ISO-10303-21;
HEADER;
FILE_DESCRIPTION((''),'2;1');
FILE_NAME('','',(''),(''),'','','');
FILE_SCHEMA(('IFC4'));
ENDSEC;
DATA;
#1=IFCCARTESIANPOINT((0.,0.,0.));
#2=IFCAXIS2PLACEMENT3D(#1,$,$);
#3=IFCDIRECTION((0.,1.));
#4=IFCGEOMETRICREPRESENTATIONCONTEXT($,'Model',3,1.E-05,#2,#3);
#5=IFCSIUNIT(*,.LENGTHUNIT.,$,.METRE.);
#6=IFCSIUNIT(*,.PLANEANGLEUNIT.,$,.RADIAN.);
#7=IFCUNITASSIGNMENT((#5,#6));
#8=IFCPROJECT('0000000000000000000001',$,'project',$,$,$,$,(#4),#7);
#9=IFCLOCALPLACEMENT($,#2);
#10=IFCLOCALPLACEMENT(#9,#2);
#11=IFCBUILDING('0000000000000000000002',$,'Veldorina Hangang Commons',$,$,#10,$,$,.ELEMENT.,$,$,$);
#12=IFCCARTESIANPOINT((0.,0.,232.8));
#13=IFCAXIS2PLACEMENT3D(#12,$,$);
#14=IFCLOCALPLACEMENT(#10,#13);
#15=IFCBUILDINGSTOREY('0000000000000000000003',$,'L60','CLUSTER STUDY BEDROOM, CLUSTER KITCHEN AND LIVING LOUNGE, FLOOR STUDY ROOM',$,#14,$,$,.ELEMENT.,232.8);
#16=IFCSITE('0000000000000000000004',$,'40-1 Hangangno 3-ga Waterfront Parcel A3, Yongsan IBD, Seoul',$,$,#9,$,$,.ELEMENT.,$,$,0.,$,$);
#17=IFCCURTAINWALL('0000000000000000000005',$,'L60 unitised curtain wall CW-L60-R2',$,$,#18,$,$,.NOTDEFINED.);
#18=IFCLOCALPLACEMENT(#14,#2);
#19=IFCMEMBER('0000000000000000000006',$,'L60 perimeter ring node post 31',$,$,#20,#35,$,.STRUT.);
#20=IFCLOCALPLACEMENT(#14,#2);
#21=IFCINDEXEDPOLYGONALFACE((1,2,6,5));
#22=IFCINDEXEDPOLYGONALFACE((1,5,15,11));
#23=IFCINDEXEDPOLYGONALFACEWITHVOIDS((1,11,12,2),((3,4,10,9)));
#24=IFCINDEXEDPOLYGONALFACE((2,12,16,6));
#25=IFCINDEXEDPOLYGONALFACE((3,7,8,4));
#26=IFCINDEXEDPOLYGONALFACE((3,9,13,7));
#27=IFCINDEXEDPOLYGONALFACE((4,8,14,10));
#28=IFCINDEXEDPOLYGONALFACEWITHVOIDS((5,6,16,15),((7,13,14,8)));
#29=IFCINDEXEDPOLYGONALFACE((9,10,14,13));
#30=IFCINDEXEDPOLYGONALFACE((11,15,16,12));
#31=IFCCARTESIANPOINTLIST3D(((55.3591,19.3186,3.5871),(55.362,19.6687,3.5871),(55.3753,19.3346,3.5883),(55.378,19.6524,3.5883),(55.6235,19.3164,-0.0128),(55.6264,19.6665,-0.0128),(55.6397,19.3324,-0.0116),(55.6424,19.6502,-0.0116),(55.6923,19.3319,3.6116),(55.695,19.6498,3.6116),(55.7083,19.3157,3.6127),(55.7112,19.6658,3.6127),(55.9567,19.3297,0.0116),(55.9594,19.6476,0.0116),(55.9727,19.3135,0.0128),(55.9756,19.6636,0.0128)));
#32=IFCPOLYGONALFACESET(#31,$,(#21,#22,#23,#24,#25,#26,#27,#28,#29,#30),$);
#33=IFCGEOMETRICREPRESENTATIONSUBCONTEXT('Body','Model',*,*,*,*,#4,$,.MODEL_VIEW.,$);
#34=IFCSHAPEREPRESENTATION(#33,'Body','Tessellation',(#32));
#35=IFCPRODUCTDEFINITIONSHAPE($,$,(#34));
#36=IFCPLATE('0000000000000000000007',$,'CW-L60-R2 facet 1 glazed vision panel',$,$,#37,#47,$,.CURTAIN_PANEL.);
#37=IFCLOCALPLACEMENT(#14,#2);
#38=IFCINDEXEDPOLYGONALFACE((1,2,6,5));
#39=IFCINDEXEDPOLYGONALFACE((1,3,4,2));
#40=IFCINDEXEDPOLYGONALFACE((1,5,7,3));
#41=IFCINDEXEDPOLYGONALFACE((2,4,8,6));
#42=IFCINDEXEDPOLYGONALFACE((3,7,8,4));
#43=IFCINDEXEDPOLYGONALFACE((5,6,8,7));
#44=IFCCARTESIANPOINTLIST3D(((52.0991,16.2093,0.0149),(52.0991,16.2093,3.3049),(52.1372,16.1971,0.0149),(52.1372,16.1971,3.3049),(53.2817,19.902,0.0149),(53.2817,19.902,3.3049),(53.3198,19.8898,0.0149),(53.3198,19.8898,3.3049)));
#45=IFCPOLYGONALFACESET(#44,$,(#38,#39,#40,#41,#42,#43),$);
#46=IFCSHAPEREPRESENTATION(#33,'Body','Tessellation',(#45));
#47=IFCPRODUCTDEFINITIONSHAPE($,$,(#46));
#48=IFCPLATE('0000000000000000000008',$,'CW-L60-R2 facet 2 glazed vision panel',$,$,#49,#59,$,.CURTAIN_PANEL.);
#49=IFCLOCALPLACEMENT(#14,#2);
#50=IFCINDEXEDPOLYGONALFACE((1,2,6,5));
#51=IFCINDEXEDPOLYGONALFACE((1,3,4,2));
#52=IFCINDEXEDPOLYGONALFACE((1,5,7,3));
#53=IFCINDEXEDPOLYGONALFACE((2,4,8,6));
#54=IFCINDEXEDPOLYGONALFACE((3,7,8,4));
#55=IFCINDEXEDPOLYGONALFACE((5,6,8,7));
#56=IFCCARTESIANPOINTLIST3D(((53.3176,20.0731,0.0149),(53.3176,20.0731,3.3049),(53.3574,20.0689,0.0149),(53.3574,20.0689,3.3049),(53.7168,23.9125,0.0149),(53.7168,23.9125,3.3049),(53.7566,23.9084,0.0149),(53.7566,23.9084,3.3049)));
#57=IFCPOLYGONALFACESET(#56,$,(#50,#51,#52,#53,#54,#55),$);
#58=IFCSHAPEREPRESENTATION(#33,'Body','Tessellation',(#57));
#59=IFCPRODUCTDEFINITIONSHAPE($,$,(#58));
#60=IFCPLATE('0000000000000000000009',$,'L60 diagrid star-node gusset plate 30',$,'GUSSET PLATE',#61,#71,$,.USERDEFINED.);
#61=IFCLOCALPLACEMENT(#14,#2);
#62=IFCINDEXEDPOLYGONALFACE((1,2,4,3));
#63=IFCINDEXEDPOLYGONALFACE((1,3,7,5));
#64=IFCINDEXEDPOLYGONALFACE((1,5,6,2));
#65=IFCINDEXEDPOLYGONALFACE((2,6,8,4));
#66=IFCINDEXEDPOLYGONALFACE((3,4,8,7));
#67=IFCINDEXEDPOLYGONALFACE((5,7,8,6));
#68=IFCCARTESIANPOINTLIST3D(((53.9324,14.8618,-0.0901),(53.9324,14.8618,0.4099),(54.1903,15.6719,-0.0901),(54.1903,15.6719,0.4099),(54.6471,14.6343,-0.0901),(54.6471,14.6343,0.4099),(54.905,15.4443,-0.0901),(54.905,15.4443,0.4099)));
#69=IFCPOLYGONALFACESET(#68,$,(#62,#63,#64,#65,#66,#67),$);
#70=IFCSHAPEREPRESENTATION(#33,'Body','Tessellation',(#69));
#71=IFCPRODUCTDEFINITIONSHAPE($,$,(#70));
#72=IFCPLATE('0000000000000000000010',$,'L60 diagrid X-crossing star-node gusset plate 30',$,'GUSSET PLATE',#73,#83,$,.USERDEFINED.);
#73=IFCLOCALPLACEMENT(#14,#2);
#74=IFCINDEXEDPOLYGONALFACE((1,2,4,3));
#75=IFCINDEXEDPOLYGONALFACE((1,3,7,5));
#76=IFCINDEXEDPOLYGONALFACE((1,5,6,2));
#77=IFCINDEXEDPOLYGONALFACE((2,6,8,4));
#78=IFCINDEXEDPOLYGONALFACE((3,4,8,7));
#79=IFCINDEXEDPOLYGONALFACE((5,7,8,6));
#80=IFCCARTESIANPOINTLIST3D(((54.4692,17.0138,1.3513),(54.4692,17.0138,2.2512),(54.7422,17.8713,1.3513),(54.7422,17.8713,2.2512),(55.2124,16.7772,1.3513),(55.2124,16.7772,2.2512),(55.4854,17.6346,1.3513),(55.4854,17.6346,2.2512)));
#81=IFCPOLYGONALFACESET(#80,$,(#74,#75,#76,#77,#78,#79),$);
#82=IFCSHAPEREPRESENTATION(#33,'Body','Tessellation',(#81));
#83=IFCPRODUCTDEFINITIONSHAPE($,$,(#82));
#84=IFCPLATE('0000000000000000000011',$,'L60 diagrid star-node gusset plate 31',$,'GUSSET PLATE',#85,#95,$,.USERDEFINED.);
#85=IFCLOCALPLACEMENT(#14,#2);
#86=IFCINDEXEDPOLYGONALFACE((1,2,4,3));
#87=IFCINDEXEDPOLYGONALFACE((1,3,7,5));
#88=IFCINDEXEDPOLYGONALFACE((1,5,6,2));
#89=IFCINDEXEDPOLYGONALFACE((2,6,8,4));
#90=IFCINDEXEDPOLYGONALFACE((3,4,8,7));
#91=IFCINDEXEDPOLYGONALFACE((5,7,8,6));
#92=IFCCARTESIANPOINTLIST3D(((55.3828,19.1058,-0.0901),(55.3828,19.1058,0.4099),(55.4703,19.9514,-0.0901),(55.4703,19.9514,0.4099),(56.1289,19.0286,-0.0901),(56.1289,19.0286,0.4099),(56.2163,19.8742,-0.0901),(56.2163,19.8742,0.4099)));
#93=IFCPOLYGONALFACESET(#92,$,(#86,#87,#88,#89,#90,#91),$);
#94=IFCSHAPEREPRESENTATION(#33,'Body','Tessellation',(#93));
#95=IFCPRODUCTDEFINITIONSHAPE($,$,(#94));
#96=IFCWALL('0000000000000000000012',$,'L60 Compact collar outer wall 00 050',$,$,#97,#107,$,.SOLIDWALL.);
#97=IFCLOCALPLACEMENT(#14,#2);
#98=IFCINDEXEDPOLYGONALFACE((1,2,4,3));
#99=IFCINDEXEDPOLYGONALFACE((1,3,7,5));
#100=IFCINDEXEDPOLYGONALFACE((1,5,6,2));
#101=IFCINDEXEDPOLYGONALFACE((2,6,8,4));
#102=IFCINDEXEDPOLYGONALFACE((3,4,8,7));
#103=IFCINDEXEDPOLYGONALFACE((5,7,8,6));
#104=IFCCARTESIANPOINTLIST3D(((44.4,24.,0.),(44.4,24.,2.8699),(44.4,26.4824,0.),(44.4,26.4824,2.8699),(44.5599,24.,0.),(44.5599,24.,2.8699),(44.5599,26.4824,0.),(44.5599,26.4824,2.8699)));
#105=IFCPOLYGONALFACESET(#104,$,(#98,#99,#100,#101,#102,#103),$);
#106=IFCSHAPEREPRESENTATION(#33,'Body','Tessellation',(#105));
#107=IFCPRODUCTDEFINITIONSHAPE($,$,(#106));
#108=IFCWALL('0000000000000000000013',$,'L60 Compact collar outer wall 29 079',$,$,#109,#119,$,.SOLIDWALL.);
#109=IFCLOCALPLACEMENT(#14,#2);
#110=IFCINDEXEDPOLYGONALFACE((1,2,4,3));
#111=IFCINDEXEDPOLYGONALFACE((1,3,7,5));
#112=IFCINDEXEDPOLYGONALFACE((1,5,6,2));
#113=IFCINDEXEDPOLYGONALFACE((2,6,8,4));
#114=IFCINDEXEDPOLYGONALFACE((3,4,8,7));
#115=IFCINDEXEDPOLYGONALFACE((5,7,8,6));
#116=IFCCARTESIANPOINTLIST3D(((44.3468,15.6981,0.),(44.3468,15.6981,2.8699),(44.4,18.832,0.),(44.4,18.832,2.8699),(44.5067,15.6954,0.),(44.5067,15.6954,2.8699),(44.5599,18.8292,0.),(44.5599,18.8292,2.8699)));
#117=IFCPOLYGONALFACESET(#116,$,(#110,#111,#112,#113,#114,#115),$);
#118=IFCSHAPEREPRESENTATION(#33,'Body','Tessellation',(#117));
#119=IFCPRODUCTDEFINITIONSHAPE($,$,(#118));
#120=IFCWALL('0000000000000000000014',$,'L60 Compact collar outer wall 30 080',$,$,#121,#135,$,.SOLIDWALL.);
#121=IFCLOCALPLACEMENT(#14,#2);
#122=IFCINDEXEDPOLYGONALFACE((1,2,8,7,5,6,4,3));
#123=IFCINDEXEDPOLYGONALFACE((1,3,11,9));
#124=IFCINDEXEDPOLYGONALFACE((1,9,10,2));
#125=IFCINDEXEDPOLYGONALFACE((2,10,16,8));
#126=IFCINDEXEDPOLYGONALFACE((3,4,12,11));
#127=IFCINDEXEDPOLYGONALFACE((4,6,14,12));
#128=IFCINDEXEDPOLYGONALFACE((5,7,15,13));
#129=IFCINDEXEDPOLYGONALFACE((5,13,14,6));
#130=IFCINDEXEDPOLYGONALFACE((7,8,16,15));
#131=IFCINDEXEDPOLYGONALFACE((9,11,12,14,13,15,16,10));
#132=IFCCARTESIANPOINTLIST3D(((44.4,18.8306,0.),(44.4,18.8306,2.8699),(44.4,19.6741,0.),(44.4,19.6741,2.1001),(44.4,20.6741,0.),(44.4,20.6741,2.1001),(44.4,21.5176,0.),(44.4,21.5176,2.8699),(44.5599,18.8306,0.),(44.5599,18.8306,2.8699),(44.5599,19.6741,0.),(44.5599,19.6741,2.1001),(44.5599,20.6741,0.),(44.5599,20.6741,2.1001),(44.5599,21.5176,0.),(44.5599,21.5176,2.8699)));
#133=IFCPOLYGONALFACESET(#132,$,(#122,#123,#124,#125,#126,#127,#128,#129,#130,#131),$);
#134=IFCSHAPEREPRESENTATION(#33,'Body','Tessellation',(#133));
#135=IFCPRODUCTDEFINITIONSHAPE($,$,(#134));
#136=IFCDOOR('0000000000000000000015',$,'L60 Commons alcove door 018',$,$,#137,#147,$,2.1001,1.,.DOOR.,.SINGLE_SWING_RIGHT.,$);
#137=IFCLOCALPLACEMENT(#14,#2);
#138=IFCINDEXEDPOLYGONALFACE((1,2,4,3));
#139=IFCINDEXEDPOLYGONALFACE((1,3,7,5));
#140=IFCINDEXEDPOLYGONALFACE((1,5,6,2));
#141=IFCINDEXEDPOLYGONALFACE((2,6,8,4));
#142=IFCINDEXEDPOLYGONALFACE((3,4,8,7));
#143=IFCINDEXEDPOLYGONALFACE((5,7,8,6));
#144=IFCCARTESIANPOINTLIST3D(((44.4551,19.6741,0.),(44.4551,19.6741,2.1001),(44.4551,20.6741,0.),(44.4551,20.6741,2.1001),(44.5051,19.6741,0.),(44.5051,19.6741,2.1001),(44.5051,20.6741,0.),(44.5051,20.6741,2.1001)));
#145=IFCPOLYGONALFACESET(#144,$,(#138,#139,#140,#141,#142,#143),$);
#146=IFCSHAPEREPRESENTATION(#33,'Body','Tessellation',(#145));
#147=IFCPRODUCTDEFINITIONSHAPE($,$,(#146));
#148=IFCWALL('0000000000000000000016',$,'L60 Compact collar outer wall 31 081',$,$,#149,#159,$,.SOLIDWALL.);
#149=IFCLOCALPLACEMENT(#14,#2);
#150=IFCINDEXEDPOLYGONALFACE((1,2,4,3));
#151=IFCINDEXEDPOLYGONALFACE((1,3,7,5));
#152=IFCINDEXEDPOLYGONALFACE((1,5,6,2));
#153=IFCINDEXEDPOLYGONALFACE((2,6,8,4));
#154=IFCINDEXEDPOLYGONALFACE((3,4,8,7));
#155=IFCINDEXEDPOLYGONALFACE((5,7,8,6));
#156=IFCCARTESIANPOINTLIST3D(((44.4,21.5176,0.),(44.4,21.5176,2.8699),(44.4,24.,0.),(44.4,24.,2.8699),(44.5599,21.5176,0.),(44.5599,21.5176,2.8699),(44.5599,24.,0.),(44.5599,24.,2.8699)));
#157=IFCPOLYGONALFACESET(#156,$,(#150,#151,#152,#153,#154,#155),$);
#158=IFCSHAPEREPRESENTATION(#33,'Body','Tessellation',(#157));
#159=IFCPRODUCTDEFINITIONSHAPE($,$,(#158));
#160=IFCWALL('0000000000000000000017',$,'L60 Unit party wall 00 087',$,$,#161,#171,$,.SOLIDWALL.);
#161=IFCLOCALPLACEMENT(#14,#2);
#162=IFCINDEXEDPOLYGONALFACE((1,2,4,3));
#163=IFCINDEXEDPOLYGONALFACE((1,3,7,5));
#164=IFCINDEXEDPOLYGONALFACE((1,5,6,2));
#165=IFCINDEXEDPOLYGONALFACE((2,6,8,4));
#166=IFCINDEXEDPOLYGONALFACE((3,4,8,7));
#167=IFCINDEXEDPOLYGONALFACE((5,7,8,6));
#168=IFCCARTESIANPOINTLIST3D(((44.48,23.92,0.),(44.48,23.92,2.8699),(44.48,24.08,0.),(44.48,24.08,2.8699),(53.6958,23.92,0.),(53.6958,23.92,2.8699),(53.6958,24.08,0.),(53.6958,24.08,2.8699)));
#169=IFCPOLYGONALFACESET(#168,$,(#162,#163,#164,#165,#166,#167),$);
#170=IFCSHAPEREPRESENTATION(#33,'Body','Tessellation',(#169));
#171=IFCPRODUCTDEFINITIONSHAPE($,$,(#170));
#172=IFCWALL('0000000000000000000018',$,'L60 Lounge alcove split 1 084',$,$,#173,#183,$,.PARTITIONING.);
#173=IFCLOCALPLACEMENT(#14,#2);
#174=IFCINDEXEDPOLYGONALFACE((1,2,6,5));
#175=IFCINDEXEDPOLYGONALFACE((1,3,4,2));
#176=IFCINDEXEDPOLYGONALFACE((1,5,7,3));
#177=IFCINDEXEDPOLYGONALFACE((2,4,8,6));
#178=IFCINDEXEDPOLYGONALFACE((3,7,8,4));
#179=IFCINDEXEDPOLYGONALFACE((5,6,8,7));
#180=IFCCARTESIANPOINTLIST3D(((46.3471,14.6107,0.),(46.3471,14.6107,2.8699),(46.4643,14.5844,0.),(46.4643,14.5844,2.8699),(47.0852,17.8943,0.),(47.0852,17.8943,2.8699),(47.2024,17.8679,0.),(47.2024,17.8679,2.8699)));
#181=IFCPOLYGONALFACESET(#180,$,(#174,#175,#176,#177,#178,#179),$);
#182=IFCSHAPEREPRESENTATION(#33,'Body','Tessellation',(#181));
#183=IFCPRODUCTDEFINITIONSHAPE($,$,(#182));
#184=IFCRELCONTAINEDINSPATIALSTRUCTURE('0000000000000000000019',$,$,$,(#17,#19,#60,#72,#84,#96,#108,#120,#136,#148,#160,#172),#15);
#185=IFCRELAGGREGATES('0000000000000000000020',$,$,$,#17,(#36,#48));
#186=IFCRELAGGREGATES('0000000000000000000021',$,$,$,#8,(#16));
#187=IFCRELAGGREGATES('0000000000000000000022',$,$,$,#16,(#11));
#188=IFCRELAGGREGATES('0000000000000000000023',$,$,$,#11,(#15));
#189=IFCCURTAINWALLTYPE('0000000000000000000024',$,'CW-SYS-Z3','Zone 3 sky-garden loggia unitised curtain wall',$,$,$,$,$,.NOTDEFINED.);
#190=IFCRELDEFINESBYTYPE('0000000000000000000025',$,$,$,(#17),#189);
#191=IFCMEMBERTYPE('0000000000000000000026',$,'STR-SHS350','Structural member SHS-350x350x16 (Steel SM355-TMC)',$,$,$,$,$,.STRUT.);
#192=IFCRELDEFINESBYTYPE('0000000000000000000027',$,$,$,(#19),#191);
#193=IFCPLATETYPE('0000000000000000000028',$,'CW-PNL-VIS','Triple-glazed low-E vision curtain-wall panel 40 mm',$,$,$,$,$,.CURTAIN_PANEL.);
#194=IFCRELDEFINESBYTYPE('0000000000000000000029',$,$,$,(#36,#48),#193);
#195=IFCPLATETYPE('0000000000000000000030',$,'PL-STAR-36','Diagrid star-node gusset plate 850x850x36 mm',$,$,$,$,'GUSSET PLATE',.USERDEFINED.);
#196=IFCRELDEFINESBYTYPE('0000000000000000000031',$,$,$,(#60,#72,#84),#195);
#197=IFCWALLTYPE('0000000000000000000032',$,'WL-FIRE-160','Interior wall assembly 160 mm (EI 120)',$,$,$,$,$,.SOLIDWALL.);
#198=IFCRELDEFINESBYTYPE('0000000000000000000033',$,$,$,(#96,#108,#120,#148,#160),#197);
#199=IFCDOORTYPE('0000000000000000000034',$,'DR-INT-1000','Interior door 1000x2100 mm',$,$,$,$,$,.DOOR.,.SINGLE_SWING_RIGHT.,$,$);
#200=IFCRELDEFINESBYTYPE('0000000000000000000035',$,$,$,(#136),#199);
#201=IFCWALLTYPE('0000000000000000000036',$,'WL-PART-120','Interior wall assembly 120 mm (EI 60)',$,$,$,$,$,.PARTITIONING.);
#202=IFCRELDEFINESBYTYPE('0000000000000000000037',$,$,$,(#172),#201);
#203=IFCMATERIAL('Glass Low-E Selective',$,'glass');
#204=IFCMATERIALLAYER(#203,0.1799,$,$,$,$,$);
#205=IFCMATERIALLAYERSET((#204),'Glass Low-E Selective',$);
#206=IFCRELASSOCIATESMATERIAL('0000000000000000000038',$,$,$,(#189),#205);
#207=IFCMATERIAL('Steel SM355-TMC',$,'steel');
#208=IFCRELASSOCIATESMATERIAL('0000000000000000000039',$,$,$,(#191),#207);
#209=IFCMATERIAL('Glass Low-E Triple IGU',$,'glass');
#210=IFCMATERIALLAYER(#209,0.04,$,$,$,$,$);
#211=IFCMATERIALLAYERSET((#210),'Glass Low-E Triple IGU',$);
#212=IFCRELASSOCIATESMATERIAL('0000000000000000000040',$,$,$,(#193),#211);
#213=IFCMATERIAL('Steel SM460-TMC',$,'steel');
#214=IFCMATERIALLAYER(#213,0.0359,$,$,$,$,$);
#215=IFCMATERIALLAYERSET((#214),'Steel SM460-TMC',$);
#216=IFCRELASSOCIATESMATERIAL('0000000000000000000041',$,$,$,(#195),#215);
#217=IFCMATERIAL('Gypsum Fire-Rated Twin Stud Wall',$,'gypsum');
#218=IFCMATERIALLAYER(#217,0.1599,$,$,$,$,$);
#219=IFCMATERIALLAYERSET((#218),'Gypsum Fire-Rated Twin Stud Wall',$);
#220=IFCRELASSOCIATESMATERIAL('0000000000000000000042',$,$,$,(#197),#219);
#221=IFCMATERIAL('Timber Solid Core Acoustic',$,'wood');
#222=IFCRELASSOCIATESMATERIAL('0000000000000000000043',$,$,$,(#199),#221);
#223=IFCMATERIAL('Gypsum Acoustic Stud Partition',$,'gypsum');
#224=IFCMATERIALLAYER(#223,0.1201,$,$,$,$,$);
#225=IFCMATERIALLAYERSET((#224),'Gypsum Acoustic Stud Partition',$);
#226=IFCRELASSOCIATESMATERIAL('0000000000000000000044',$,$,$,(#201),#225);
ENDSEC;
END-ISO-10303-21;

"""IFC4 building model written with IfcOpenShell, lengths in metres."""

from ifc_helpers import new_model, si_unit, direction, frame, frame_2d, origin, origin_2d, place, context, subcontext, project, spatial, rectangle, hollow_rectangle, extrude, material, layer, layer_set, material_profile, profile_set, type_object, element, fill, aggregate, save


model = new_model("IFC4")

# Units and contexts
model_context = context("Model", 3, precision=1e-05, world=origin(), true_north=direction((0.0, 1.0)))
body_context = subcontext(model_context, "Body", "Model", "MODEL_VIEW")
ifc_project = project(units=[si_unit("LENGTHUNIT", "METRE"), si_unit("PLANEANGLEUNIT", "RADIAN")], contexts=[model_context])

# Site, building, storey
site_placement = place(None, origin())
site = spatial("IfcSite", under=ifc_project, at=site_placement, Name="40-1 Hangangno 3-ga Waterfront Parcel A3, Yongsan IBD, Seoul", CompositionType="ELEMENT", RefElevation=0.0)
building_placement = place(site_placement, origin())
building = spatial("IfcBuilding", under=site, at=building_placement, Name="Veldorina Hangang Commons", CompositionType="ELEMENT")
storey_placement = place(building_placement, frame((0.0, 0.0, 232.8)))
storey = spatial("IfcBuildingStorey", under=building, at=storey_placement, Name="L60", Description="CLUSTER STUDY BEDROOM, CLUSTER KITCHEN AND LIVING LOUNGE, FLOOR STUDY ROOM", CompositionType="ELEMENT", Elevation=232.8)

# Shared definitions
ifc_material_1 = material(Name="Steel SM355-TMC", Category="steel")

# Curtain wall
ifc_material_2 = material(Name="Glass Low-E Selective", Category="glass")
ifc_layer_1 = layer(ifc_material_2, 0.1799)
ifc_layer_set_1 = layer_set([ifc_layer_1], Name="Glass Low-E Selective")
curtain_wall_type = type_object("IfcCurtainWallType", Name="CW-SYS-Z3", Description="Zone 3 sky-garden loggia unitised curtain wall", PredefinedType="NOTDEFINED", material=ifc_layer_set_1)
curtain_wall_placement = place(storey_placement, origin())
curtain_wall = element("IfcCurtainWall", 1, at=curtain_wall_placement, inside=storey, type_object=curtain_wall_type, Name="L60 unitised curtain wall CW-L60-R2", PredefinedType="NOTDEFINED")

# Member
ifc_material_profile_1 = material_profile(ifc_material_1, hollow_rectangle(XDim=0.3501, YDim=0.3501, WallThickness=0.0161, at=origin_2d()), Name="SHS-350x350x16")
ifc_profile_set_1 = profile_set([ifc_material_profile_1], Name="Steel SM355-TMC")
member_type_1 = type_object("IfcMemberType", Name="STR-SHS350", Description="Structural member SHS-350x350x16 (Steel SM355-TMC)", PredefinedType="STRUT", material=ifc_profile_set_1)
member_1_placement = place(storey_placement, frame((55.7996, 19.49, 0.0), z_axis=(-0.073251, 0.000609, 0.997313), x_axis=(-0.00831, -0.999965, 0.0)))
element("IfcMember", 2, at=member_1_placement, inside=storey, type_object=member_type_1, Name="L60 perimeter ring node post 31", PredefinedType="STRUT", context=body_context, shape_type="SweptSolid", body=[
    extrude(hollow_rectangle(XDim=0.3501, YDim=0.3501, WallThickness=0.0161, at=origin_2d()), origin(), (0.0, 0.0, 1.0), 3.6096),
])

# Plates
ifc_material_3 = material(Name="Glass Low-E Triple IGU", Category="glass")
ifc_layer_2 = layer(ifc_material_3, 0.04)
ifc_layer_set_2 = layer_set([ifc_layer_2], Name="Glass Low-E Triple IGU")
plate_type_1 = type_object("IfcPlateType", Name="CW-PNL-VIS", Description="Triple-glazed low-E vision curtain-wall panel 40 mm", PredefinedType="CURTAIN_PANEL", material=ifc_layer_set_2)
plate_1_placement = place(storey_placement, frame((52.7095, 18.0496, 0.0149), z_axis=(0.0, 0.0, 1.0), x_axis=(0.304997, 0.952353, 0.0)))
plate_1 = element("IfcPlate", 3, at=plate_1_placement, type_object=plate_type_1, Name="CW-L60-R2 facet 1 glazed vision panel", PredefinedType="CURTAIN_PANEL", context=body_context, shape_type="SweptSolid", body=[
    extrude(rectangle(XDim=3.8774, YDim=0.04, at=origin_2d()), origin(), (0.0, 0.0, 1.0), 3.29),
])
plate_2_placement = place(storey_placement, frame((53.5371, 21.9907, 0.0149), z_axis=(0.0, 0.0, 1.0), x_axis=(0.103418, 0.994638, 0.0)))
plate_2 = element("IfcPlate", 4, at=plate_2_placement, type_object=plate_type_1, Name="CW-L60-R2 facet 2 glazed vision panel", PredefinedType="CURTAIN_PANEL", context=body_context, shape_type="SweptSolid", body=[
    extrude(rectangle(XDim=3.8601, YDim=0.04, at=origin_2d()), origin(), (0.0, 0.0, 1.0), 3.29),
])
aggregate(curtain_wall, [plate_1, plate_2])

# Plates
ifc_material_4 = material(Name="Steel SM460-TMC", Category="steel")
ifc_layer_3 = layer(ifc_material_4, 0.0359)
ifc_layer_set_3 = layer_set([ifc_layer_3], Name="Steel SM460-TMC")
plate_type_2 = type_object("IfcPlateType", Name="PL-STAR-36", Description="Diagrid star-node gusset plate 850x850x36 mm", ElementType="GUSSET PLATE", PredefinedType="USERDEFINED", material=ifc_layer_set_3)
plate_3_placement = place(storey_placement, frame((54.4187, 15.1531, -0.0901), z_axis=(0.0, 0.0, 1.0), x_axis=(0.303385, 0.952868, 0.0)))
element("IfcPlate", 5, at=plate_3_placement, inside=storey, type_object=plate_type_2, Name="L60 diagrid star-node gusset plate 30", ObjectType="GUSSET PLATE", PredefinedType="USERDEFINED", context=body_context, shape_type="SweptSolid", body=[
    extrude(rectangle(XDim=0.8501, YDim=0.75, at=origin_2d()), origin(), (0.0, 0.0, 1.0), 0.5),
])
plate_4_placement = place(storey_placement, frame((54.9773, 17.3242, 1.3513), z_axis=(0.0, 0.0, 1.0), x_axis=(0.303385, 0.952868, 0.0)))
element("IfcPlate", 6, at=plate_4_placement, inside=storey, type_object=plate_type_2, Name="L60 diagrid X-crossing star-node gusset plate 30", ObjectType="GUSSET PLATE", PredefinedType="USERDEFINED", context=body_context, shape_type="SweptSolid", body=[
    extrude(rectangle(XDim=0.8999, YDim=0.78, at=origin_2d()), origin(), (0.0, 0.0, 1.0), 0.8999),
])
plate_5_placement = place(storey_placement, frame((55.7996, 19.49, -0.0901), z_axis=(0.0, 0.0, 1.0), x_axis=(0.102845, 0.994697, 0.0)))
element("IfcPlate", 7, at=plate_5_placement, inside=storey, type_object=plate_type_2, Name="L60 diagrid star-node gusset plate 31", ObjectType="GUSSET PLATE", PredefinedType="USERDEFINED", context=body_context, shape_type="SweptSolid", body=[
    extrude(rectangle(XDim=0.8501, YDim=0.75, at=origin_2d()), origin(), (0.0, 0.0, 1.0), 0.5),
])

# Walls
ifc_material_5 = material(Name="Gypsum Fire-Rated Twin Stud Wall", Category="gypsum")
ifc_layer_4 = layer(ifc_material_5, 0.1599)
ifc_layer_set_4 = layer_set([ifc_layer_4], Name="Gypsum Fire-Rated Twin Stud Wall")
wall_type_1 = type_object("IfcWallType", Name="WL-FIRE-160", Description="Interior wall assembly 160 mm (EI 120)", PredefinedType="SOLIDWALL", material=ifc_layer_set_4)
wall_1_placement = place(storey_placement, frame((44.48, 24.0, 0.0), z_axis=(0.0, 0.0, 1.0), x_axis=(0.0, 1.0, 0.0)))
element("IfcWall", 8, at=wall_1_placement, inside=storey, type_object=wall_type_1, Name="L60 Compact collar outer wall 00 050", PredefinedType="SOLIDWALL", context=body_context, shape_type="SweptSolid", body=[
    extrude(rectangle(XDim=2.4824, YDim=0.1599, at=frame_2d((1.2412, 0.0))), origin(), (0.0, 0.0, 1.0), 2.8699),
])
wall_2_placement = place(storey_placement, frame((44.4268, 15.6968, 0.0), z_axis=(0.0, 0.0, 1.0), x_axis=(0.016981, 0.999856, 0.0)))
element("IfcWall", 9, at=wall_2_placement, inside=storey, type_object=wall_type_1, Name="L60 Compact collar outer wall 29 079", PredefinedType="SOLIDWALL", context=body_context, shape_type="SweptSolid", body=[
    extrude(rectangle(XDim=3.1343, YDim=0.1599, at=frame_2d((1.5671, 0.0))), origin(), (0.0, 0.0, 1.0), 2.8699),
])

# Wall, opening, door
wall_3_placement = place(storey_placement, frame((44.48, 18.8306, 0.0), z_axis=(0.0, 0.0, 1.0), x_axis=(0.0, 1.0, 0.0)))
wall_3 = element("IfcWall", 10, at=wall_3_placement, inside=storey, type_object=wall_type_1, Name="L60 Compact collar outer wall 30 080", PredefinedType="SOLIDWALL", context=body_context, shape_type="SweptSolid", body=[
    extrude(rectangle(XDim=2.687, YDim=0.1599, at=frame_2d((1.3435, 0.0))), origin(), (0.0, 0.0, 1.0), 2.8699),
])
opening_1_placement = place(wall_3_placement, frame((0.8435, 0.0, 0.0)))
opening_1 = element("IfcOpeningElement", 11, at=opening_1_placement, cuts=wall_3, PredefinedType="OPENING", context=body_context, shape_type="SweptSolid", body=[
    extrude(rectangle(XDim=1.0, YDim=2.1001, at=frame_2d((0.5, 1.05))), frame((0.0, 0.0898, 0.0), z_axis=(0.0, -1.0, 0.0), x_axis=(1.0, 0.0, 0.0)), (0.0, 0.0, 1.0), 0.1799),
])
ifc_material_6 = material(Name="Timber Solid Core Acoustic", Category="wood")
door_type_1 = type_object("IfcDoorType", Name="DR-INT-1000", Description="Interior door 1000x2100 mm", OperationType="SINGLE_SWING_RIGHT", PredefinedType="DOOR", material=ifc_material_6)
door_1_placement = place(opening_1_placement, origin())
door_1 = element("IfcDoor", 12, at=door_1_placement, inside=storey, type_object=door_type_1, Name="L60 Commons alcove door 018", OperationType="SINGLE_SWING_RIGHT", OverallHeight=2.1001, OverallWidth=1.0, PredefinedType="DOOR", context=body_context, shape_type="SweptSolid", body=[
    extrude(rectangle(XDim=1.0, YDim=2.1001, at=frame_2d((0.5, 1.05))), frame((0.0, 0.0249, 0.0), z_axis=(0.0, -1.0, 0.0), x_axis=(1.0, 0.0, 0.0)), (0.0, 0.0, 1.0), 0.05),
])
fill(opening_1, door_1)

# Walls
wall_4_placement = place(storey_placement, frame((44.48, 21.5176, 0.0), z_axis=(0.0, 0.0, 1.0), x_axis=(0.0, 1.0, 0.0)))
element("IfcWall", 13, at=wall_4_placement, inside=storey, type_object=wall_type_1, Name="L60 Compact collar outer wall 31 081", PredefinedType="SOLIDWALL", context=body_context, shape_type="SweptSolid", body=[
    extrude(rectangle(XDim=2.4824, YDim=0.1599, at=frame_2d((1.2412, 0.0))), origin(), (0.0, 0.0, 1.0), 2.8699),
])
wall_5_placement = place(storey_placement, frame((44.48, 24.0, 0.0), z_axis=(0.0, 0.0, 1.0), x_axis=(1.0, 0.0, 0.0)))
element("IfcWall", 14, at=wall_5_placement, inside=storey, type_object=wall_type_1, Name="L60 Unit party wall 00 087", PredefinedType="SOLIDWALL", context=body_context, shape_type="SweptSolid", body=[
    extrude(rectangle(XDim=9.2158, YDim=0.1599, at=frame_2d((4.6079, 0.0))), origin(), (0.0, 0.0, 1.0), 2.8699),
])
ifc_material_7 = material(Name="Gypsum Acoustic Stud Partition", Category="gypsum")
ifc_layer_5 = layer(ifc_material_7, 0.1201)
ifc_layer_set_5 = layer_set([ifc_layer_5], Name="Gypsum Acoustic Stud Partition")
wall_type_2 = type_object("IfcWallType", Name="WL-PART-120", Description="Interior wall assembly 120 mm (EI 60)", PredefinedType="PARTITIONING", material=ifc_layer_set_5)
wall_6_placement = place(storey_placement, frame((46.4058, 14.5977, 0.0), z_axis=(0.0, 0.0, 1.0), x_axis=(0.219303, 0.975657, 0.0)))
element("IfcWall", 15, at=wall_6_placement, inside=storey, type_object=wall_type_2, Name="L60 Lounge alcove split 1 084", PredefinedType="PARTITIONING", context=body_context, shape_type="SweptSolid", body=[
    extrude(rectangle(XDim=3.3655, YDim=0.1201, at=frame_2d((1.6826, 0.0))), origin(), (0.0, 0.0, 1.0), 2.8699),
])

save(model, "model.ifc")
